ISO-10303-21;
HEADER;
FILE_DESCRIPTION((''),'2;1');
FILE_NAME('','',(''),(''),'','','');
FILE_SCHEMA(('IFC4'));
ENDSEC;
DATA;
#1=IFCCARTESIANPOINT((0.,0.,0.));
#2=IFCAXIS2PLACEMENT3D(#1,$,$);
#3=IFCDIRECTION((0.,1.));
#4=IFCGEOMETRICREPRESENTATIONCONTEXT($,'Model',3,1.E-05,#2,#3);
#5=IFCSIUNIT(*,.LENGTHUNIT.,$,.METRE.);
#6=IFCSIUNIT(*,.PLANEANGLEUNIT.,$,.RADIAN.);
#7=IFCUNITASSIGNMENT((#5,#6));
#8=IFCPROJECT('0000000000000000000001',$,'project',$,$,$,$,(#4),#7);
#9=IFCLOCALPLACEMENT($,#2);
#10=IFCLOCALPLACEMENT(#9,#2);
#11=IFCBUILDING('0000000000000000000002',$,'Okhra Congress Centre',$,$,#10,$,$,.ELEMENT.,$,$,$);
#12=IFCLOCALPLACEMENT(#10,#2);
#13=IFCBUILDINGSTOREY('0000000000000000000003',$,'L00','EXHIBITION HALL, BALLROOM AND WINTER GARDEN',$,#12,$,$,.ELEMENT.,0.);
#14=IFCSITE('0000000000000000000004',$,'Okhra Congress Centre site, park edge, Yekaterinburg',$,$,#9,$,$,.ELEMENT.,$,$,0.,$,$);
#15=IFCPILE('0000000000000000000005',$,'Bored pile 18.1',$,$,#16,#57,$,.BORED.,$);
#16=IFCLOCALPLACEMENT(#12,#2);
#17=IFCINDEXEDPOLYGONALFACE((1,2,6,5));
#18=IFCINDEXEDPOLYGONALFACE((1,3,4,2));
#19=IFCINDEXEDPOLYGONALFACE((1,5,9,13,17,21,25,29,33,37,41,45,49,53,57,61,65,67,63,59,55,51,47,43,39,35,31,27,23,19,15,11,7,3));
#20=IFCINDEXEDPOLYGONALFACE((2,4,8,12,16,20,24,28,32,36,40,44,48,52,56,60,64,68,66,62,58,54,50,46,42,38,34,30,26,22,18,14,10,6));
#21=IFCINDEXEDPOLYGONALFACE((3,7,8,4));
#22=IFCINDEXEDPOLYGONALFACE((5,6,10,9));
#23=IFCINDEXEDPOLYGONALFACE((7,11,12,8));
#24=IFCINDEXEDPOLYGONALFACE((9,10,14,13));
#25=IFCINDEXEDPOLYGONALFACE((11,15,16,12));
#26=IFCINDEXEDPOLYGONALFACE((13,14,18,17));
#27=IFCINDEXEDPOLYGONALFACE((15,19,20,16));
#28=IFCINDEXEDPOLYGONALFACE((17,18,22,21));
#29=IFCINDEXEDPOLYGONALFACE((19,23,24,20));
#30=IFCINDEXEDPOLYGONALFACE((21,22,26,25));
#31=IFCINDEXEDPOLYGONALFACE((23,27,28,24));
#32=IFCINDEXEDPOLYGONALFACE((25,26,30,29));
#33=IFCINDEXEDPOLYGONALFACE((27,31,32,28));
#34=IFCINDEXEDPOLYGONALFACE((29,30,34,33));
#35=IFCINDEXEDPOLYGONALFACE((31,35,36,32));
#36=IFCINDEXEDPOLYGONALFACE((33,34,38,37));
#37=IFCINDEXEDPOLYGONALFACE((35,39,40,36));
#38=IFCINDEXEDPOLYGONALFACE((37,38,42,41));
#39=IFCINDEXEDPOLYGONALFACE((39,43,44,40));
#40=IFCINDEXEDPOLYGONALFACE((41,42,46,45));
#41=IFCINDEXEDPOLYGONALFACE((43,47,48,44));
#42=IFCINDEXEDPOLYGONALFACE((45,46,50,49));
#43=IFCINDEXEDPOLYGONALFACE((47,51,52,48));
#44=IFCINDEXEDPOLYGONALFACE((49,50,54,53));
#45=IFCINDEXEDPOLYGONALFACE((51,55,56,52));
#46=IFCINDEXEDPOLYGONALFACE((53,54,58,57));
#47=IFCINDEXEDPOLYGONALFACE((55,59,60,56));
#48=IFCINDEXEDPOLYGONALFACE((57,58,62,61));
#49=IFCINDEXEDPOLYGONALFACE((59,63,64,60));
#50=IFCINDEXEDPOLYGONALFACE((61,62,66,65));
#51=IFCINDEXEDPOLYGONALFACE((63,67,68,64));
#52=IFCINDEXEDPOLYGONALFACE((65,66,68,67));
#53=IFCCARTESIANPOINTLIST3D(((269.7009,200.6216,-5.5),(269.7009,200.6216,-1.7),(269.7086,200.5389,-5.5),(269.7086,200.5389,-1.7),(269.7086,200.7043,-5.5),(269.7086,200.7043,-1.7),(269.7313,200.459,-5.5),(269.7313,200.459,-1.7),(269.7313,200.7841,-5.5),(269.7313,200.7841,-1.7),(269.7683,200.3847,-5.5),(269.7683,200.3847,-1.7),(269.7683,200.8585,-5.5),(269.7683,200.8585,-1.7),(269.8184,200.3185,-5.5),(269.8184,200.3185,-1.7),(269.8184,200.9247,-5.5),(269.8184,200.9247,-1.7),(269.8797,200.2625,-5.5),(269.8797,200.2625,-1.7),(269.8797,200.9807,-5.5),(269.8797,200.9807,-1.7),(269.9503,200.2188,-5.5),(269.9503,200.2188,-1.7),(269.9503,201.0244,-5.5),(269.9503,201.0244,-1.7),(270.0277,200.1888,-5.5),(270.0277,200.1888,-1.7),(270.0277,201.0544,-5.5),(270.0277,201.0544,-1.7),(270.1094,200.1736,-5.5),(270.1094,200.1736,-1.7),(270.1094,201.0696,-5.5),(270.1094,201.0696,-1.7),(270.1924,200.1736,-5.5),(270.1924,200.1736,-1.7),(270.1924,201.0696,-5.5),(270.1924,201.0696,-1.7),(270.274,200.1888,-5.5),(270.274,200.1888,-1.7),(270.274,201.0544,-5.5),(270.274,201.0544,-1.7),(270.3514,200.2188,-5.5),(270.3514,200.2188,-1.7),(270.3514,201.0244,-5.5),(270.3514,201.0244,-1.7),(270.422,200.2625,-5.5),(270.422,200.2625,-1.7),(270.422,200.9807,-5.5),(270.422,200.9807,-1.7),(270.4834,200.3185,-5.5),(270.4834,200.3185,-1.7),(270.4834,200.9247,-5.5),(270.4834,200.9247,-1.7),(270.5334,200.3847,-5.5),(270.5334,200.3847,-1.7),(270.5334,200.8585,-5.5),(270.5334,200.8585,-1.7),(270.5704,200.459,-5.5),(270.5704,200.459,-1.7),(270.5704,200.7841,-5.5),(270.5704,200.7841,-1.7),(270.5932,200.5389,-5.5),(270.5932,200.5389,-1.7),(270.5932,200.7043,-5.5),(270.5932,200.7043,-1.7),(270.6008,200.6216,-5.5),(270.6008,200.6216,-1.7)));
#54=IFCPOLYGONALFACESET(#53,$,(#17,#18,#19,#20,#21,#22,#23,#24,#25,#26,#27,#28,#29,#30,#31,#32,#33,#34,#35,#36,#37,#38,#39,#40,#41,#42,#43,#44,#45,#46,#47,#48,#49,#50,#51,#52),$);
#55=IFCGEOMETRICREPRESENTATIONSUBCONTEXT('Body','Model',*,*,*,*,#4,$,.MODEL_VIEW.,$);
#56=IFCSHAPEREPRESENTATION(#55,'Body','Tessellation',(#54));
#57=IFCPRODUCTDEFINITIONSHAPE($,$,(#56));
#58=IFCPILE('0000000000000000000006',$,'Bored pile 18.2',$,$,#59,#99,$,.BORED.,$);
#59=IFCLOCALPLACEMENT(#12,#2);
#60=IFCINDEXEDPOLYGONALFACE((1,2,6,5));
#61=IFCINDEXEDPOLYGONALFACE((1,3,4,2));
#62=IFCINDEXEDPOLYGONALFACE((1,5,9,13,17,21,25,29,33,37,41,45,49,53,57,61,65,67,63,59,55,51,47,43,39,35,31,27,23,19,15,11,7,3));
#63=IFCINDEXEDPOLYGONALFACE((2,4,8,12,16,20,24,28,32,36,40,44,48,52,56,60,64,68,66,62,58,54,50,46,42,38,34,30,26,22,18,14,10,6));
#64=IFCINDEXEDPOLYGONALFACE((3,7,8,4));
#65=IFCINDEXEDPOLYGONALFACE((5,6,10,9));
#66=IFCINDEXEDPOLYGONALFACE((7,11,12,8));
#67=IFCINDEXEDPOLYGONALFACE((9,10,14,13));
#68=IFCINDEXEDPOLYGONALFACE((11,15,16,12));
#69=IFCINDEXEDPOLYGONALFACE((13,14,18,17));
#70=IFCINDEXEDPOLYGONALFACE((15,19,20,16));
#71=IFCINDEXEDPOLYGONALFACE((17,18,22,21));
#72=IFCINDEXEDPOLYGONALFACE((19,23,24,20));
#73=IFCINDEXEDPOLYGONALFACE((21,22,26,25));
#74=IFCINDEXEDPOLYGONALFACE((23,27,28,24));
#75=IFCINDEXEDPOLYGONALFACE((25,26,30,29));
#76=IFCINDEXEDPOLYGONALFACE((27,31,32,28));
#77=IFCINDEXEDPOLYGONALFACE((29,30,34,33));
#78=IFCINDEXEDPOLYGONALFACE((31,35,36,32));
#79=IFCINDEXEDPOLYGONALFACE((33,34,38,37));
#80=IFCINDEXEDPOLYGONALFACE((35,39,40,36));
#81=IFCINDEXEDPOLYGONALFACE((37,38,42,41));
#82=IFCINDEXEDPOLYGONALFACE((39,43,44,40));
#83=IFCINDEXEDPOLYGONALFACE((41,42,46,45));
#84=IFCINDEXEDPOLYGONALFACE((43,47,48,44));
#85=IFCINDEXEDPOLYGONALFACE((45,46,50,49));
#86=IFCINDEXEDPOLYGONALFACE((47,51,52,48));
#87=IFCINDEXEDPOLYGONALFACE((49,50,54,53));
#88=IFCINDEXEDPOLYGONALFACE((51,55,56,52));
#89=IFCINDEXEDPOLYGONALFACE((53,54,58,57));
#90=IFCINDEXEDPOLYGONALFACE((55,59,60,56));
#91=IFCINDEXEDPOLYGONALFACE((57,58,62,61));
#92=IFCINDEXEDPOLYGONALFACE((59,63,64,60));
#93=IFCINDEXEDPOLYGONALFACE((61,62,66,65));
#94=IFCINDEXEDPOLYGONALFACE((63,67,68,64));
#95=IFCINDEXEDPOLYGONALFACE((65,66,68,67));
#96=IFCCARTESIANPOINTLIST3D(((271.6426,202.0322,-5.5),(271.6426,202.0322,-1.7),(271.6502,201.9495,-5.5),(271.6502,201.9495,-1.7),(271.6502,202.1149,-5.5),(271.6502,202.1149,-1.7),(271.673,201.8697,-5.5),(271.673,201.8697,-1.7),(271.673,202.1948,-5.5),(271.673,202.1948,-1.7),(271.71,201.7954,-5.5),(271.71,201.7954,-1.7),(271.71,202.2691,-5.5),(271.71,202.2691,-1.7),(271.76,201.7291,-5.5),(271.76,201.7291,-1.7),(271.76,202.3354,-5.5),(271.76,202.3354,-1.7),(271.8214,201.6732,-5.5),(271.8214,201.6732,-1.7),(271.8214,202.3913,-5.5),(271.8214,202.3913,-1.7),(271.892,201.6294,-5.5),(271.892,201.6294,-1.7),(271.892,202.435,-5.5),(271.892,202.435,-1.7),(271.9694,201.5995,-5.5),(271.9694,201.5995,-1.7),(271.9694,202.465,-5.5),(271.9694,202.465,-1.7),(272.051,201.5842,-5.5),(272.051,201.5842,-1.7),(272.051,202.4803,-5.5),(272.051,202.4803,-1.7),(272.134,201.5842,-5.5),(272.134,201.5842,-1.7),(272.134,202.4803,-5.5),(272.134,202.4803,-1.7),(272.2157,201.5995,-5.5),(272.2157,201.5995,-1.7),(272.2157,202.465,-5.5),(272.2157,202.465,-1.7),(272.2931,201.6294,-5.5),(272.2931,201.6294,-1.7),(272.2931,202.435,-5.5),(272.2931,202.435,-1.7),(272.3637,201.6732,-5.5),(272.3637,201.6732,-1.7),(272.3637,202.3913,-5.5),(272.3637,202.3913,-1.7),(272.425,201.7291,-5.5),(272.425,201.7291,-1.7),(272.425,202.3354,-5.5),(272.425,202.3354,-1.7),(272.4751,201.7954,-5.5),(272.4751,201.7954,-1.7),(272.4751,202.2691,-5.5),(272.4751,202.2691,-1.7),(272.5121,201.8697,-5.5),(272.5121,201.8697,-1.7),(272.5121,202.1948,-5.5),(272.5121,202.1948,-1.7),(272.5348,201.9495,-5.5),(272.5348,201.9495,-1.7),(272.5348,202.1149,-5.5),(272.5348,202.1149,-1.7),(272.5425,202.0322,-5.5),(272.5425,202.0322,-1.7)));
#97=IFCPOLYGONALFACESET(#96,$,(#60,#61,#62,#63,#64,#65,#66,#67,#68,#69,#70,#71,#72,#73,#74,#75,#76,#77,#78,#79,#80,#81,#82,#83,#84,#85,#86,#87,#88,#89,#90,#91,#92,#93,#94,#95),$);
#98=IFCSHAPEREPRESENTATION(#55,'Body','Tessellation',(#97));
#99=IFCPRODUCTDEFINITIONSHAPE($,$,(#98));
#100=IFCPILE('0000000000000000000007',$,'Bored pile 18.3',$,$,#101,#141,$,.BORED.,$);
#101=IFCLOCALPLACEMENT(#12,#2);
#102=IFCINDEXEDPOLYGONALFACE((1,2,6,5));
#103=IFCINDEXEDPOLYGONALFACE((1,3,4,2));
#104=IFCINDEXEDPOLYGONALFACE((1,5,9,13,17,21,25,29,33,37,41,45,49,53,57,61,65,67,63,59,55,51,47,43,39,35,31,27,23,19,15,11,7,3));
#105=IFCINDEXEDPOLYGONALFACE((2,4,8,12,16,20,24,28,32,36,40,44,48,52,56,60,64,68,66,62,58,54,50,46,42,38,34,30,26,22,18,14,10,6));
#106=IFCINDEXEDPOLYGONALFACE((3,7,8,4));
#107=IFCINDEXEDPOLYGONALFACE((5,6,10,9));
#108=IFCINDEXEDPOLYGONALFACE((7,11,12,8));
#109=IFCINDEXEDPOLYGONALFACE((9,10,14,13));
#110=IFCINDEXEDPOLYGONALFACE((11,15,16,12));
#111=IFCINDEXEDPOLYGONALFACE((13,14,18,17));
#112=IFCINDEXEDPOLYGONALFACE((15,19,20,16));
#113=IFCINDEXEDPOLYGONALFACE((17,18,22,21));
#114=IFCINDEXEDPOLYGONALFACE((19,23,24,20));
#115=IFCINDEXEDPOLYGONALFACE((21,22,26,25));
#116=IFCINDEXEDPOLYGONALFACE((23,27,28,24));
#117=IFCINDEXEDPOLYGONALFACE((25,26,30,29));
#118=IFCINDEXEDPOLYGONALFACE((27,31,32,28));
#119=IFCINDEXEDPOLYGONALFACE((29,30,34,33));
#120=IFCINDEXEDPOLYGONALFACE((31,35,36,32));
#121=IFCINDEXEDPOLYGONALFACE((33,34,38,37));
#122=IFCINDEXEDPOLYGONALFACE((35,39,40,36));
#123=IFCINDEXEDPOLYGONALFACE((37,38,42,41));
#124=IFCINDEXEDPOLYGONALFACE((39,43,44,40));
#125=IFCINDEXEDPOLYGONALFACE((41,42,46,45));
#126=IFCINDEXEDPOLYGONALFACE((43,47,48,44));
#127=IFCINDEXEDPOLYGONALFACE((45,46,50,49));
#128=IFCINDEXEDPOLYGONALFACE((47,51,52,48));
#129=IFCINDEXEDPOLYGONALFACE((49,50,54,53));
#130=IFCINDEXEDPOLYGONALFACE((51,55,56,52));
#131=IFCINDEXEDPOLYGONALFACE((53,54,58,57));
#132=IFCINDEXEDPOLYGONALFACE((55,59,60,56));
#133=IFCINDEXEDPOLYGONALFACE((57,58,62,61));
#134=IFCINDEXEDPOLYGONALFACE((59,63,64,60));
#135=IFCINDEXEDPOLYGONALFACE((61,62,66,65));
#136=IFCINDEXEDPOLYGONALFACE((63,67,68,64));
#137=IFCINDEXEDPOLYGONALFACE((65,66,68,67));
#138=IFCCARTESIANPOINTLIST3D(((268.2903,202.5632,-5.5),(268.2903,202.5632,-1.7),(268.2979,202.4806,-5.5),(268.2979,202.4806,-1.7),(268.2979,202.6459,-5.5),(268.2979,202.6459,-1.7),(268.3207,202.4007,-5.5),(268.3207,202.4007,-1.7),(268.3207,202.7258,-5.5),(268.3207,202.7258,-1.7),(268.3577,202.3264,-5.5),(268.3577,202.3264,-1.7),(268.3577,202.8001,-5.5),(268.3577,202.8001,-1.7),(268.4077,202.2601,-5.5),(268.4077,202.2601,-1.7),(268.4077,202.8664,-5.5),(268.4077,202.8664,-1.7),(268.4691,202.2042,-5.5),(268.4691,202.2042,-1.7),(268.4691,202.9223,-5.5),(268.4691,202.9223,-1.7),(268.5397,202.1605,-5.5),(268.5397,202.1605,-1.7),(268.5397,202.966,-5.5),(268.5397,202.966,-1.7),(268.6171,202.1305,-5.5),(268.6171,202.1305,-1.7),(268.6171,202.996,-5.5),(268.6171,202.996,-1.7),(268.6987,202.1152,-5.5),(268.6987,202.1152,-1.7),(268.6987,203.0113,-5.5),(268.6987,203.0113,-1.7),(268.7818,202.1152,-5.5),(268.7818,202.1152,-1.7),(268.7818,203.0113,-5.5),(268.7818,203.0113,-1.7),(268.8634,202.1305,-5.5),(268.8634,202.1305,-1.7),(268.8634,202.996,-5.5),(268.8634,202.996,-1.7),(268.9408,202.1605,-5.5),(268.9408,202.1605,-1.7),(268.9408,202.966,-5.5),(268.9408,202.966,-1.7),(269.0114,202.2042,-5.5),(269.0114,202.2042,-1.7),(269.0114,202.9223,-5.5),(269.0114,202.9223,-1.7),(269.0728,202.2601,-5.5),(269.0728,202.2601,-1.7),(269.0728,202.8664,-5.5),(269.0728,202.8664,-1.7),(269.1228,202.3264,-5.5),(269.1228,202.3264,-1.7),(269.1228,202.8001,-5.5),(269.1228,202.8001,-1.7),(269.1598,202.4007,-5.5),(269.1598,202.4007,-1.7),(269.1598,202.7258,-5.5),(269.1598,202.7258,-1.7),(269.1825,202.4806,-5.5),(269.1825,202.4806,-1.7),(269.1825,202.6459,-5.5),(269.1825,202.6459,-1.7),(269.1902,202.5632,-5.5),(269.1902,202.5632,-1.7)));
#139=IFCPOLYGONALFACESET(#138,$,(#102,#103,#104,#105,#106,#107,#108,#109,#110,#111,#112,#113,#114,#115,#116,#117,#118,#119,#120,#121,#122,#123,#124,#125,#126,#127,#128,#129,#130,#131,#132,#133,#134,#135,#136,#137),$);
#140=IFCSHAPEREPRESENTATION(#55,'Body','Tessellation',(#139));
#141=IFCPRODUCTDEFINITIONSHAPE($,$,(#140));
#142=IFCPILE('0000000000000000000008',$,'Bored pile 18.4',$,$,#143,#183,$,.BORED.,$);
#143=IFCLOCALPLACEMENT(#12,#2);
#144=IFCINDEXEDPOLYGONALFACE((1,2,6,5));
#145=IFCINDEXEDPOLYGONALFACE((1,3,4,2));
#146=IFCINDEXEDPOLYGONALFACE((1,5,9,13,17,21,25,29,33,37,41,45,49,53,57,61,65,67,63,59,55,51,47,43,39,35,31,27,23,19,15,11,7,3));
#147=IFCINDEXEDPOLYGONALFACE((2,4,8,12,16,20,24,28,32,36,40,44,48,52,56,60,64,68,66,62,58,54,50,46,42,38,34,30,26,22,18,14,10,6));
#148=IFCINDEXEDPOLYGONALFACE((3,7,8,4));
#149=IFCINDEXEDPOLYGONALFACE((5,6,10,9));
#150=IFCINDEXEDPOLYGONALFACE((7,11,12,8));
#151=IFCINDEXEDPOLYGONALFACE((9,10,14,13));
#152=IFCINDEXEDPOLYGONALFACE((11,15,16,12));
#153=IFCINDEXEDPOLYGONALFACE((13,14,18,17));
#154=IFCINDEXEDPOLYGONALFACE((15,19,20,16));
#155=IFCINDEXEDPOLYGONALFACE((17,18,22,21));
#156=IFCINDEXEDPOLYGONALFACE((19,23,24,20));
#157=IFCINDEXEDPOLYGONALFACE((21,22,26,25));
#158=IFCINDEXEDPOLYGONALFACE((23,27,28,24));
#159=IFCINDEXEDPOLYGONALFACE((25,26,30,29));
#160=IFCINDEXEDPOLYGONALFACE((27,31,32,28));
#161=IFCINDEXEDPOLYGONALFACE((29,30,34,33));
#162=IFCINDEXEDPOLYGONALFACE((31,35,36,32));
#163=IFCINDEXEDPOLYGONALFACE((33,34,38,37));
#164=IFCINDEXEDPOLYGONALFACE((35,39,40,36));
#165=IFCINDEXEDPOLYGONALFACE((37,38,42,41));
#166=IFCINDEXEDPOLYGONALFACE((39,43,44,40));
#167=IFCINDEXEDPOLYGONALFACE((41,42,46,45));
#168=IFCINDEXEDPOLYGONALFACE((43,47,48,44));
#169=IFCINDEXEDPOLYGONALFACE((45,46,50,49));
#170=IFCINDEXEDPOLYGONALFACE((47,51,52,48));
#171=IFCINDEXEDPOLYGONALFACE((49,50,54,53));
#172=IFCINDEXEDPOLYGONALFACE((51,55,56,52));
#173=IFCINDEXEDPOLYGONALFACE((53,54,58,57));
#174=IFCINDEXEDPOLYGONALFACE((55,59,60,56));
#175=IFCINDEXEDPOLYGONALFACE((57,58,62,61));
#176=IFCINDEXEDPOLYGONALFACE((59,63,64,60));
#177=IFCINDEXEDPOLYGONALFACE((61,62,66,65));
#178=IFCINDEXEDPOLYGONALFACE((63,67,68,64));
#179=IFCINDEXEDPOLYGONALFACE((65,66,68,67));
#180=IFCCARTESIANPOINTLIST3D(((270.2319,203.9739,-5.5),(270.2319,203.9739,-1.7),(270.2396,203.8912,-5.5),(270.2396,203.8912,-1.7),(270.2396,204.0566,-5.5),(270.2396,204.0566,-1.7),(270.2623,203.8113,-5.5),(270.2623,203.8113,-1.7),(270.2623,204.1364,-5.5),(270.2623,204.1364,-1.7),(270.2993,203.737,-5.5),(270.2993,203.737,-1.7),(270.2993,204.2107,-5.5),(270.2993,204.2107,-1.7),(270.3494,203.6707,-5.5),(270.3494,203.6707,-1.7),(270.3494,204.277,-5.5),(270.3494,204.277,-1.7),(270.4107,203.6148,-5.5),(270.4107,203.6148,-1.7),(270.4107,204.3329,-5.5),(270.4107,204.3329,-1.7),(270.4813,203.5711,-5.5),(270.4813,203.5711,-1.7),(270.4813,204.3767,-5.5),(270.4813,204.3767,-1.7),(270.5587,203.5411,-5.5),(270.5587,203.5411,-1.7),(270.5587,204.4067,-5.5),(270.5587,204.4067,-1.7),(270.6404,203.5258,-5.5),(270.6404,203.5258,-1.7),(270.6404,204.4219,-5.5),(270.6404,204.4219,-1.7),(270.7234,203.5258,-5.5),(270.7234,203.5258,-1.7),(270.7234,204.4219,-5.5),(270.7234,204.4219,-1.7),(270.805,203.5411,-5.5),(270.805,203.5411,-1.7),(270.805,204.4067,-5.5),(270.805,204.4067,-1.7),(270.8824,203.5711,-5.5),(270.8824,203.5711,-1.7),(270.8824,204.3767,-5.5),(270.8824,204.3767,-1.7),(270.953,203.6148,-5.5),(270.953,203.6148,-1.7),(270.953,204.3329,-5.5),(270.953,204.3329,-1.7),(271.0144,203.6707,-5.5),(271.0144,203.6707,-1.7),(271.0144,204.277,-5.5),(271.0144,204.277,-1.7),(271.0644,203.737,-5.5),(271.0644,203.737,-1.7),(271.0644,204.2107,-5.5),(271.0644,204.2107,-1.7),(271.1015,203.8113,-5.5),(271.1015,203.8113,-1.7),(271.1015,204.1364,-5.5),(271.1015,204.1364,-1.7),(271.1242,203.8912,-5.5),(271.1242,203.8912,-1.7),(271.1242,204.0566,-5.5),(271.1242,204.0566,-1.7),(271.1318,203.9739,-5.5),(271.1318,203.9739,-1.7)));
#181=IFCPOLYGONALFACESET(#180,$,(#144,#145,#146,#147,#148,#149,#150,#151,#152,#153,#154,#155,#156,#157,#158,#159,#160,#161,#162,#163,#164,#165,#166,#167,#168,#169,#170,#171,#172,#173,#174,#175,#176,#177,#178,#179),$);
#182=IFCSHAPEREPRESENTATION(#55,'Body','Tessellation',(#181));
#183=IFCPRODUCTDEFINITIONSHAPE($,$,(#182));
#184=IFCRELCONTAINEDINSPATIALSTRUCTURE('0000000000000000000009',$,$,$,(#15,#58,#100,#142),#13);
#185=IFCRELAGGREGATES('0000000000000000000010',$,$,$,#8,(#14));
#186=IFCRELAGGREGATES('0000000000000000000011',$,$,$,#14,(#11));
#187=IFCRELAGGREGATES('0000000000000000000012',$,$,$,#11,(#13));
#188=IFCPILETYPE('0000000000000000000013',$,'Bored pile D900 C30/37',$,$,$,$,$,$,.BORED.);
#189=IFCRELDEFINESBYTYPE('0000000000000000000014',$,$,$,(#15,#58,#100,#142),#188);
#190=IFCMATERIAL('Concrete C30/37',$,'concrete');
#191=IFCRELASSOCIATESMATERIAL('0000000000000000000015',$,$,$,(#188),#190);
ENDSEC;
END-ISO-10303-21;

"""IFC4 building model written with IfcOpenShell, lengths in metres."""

from ifc_helpers import new_model, si_unit, direction, frame, origin, origin_2d, place, context, subcontext, project, spatial, circle, extrude, material, material_profile, profile_set, type_object, element, save


model = new_model("IFC4")

# Units and contexts
model_context = context("Model", 3, precision=1e-05, world=origin(), true_north=direction((0.0, 1.0)))
body_context = subcontext(model_context, "Body", "Model", "MODEL_VIEW")
ifc_project = project(units=[si_unit("LENGTHUNIT", "METRE"), si_unit("PLANEANGLEUNIT", "RADIAN")], contexts=[model_context])

# Site, building, storey
site_placement = place(None, origin())
site = spatial("IfcSite", under=ifc_project, at=site_placement, Name="Okhra Congress Centre site, park edge, Yekaterinburg", CompositionType="ELEMENT", RefElevation=0.0)
building_placement = place(site_placement, origin())
building = spatial("IfcBuilding", under=site, at=building_placement, Name="Okhra Congress Centre", CompositionType="ELEMENT")
storey_placement = place(building_placement, origin())
storey = spatial("IfcBuildingStorey", under=building, at=storey_placement, Name="L00", Description="EXHIBITION HALL, BALLROOM AND WINTER GARDEN", CompositionType="ELEMENT", Elevation=0.0)

# Piles
ifc_material_1 = material(Name="Concrete C30/37", Category="concrete")
ifc_material_profile = material_profile(ifc_material_1, circle(Radius=0.45, at=origin_2d()), Name="D900")
ifc_profile_set = profile_set([ifc_material_profile], Name="Concrete C30/37")
pile_type = type_object("IfcPileType", Name="Bored pile D900 C30/37", PredefinedType="BORED", material=ifc_profile_set)
for number, where, z_axis, x_axis, name in (
    (1, (270.1509, 200.6216, -1.7), (0.0, 0.0, -1.0), (1.0, 0.0, 0.0), "Bored pile 18.1"),
    (2, (272.0925, 202.0322, -1.7), (0.0, 0.0, -1.0), (1.0, 0.0, 0.0), "Bored pile 18.2"),
    (3, (268.7402, 202.5632, -1.7), (0.0, 0.0, -1.0), (1.0, 0.0, 0.0), "Bored pile 18.3"),
    (4, (270.6819, 203.9739, -1.7), (0.0, 0.0, -1.0), (1.0, 0.0, 0.0), "Bored pile 18.4"),
):
    element("IfcPile", number, at=place(storey_placement, frame(where, z_axis=z_axis, x_axis=x_axis)), inside=storey, type_object=pile_type, Name=name, PredefinedType="BORED", context=body_context, shape_type="SweptSolid", body=[
        extrude(circle(Radius=0.45, at=origin_2d()), origin(), (0.0, 0.0, 1.0), 3.8),
    ])

save(model, "model.ifc")
